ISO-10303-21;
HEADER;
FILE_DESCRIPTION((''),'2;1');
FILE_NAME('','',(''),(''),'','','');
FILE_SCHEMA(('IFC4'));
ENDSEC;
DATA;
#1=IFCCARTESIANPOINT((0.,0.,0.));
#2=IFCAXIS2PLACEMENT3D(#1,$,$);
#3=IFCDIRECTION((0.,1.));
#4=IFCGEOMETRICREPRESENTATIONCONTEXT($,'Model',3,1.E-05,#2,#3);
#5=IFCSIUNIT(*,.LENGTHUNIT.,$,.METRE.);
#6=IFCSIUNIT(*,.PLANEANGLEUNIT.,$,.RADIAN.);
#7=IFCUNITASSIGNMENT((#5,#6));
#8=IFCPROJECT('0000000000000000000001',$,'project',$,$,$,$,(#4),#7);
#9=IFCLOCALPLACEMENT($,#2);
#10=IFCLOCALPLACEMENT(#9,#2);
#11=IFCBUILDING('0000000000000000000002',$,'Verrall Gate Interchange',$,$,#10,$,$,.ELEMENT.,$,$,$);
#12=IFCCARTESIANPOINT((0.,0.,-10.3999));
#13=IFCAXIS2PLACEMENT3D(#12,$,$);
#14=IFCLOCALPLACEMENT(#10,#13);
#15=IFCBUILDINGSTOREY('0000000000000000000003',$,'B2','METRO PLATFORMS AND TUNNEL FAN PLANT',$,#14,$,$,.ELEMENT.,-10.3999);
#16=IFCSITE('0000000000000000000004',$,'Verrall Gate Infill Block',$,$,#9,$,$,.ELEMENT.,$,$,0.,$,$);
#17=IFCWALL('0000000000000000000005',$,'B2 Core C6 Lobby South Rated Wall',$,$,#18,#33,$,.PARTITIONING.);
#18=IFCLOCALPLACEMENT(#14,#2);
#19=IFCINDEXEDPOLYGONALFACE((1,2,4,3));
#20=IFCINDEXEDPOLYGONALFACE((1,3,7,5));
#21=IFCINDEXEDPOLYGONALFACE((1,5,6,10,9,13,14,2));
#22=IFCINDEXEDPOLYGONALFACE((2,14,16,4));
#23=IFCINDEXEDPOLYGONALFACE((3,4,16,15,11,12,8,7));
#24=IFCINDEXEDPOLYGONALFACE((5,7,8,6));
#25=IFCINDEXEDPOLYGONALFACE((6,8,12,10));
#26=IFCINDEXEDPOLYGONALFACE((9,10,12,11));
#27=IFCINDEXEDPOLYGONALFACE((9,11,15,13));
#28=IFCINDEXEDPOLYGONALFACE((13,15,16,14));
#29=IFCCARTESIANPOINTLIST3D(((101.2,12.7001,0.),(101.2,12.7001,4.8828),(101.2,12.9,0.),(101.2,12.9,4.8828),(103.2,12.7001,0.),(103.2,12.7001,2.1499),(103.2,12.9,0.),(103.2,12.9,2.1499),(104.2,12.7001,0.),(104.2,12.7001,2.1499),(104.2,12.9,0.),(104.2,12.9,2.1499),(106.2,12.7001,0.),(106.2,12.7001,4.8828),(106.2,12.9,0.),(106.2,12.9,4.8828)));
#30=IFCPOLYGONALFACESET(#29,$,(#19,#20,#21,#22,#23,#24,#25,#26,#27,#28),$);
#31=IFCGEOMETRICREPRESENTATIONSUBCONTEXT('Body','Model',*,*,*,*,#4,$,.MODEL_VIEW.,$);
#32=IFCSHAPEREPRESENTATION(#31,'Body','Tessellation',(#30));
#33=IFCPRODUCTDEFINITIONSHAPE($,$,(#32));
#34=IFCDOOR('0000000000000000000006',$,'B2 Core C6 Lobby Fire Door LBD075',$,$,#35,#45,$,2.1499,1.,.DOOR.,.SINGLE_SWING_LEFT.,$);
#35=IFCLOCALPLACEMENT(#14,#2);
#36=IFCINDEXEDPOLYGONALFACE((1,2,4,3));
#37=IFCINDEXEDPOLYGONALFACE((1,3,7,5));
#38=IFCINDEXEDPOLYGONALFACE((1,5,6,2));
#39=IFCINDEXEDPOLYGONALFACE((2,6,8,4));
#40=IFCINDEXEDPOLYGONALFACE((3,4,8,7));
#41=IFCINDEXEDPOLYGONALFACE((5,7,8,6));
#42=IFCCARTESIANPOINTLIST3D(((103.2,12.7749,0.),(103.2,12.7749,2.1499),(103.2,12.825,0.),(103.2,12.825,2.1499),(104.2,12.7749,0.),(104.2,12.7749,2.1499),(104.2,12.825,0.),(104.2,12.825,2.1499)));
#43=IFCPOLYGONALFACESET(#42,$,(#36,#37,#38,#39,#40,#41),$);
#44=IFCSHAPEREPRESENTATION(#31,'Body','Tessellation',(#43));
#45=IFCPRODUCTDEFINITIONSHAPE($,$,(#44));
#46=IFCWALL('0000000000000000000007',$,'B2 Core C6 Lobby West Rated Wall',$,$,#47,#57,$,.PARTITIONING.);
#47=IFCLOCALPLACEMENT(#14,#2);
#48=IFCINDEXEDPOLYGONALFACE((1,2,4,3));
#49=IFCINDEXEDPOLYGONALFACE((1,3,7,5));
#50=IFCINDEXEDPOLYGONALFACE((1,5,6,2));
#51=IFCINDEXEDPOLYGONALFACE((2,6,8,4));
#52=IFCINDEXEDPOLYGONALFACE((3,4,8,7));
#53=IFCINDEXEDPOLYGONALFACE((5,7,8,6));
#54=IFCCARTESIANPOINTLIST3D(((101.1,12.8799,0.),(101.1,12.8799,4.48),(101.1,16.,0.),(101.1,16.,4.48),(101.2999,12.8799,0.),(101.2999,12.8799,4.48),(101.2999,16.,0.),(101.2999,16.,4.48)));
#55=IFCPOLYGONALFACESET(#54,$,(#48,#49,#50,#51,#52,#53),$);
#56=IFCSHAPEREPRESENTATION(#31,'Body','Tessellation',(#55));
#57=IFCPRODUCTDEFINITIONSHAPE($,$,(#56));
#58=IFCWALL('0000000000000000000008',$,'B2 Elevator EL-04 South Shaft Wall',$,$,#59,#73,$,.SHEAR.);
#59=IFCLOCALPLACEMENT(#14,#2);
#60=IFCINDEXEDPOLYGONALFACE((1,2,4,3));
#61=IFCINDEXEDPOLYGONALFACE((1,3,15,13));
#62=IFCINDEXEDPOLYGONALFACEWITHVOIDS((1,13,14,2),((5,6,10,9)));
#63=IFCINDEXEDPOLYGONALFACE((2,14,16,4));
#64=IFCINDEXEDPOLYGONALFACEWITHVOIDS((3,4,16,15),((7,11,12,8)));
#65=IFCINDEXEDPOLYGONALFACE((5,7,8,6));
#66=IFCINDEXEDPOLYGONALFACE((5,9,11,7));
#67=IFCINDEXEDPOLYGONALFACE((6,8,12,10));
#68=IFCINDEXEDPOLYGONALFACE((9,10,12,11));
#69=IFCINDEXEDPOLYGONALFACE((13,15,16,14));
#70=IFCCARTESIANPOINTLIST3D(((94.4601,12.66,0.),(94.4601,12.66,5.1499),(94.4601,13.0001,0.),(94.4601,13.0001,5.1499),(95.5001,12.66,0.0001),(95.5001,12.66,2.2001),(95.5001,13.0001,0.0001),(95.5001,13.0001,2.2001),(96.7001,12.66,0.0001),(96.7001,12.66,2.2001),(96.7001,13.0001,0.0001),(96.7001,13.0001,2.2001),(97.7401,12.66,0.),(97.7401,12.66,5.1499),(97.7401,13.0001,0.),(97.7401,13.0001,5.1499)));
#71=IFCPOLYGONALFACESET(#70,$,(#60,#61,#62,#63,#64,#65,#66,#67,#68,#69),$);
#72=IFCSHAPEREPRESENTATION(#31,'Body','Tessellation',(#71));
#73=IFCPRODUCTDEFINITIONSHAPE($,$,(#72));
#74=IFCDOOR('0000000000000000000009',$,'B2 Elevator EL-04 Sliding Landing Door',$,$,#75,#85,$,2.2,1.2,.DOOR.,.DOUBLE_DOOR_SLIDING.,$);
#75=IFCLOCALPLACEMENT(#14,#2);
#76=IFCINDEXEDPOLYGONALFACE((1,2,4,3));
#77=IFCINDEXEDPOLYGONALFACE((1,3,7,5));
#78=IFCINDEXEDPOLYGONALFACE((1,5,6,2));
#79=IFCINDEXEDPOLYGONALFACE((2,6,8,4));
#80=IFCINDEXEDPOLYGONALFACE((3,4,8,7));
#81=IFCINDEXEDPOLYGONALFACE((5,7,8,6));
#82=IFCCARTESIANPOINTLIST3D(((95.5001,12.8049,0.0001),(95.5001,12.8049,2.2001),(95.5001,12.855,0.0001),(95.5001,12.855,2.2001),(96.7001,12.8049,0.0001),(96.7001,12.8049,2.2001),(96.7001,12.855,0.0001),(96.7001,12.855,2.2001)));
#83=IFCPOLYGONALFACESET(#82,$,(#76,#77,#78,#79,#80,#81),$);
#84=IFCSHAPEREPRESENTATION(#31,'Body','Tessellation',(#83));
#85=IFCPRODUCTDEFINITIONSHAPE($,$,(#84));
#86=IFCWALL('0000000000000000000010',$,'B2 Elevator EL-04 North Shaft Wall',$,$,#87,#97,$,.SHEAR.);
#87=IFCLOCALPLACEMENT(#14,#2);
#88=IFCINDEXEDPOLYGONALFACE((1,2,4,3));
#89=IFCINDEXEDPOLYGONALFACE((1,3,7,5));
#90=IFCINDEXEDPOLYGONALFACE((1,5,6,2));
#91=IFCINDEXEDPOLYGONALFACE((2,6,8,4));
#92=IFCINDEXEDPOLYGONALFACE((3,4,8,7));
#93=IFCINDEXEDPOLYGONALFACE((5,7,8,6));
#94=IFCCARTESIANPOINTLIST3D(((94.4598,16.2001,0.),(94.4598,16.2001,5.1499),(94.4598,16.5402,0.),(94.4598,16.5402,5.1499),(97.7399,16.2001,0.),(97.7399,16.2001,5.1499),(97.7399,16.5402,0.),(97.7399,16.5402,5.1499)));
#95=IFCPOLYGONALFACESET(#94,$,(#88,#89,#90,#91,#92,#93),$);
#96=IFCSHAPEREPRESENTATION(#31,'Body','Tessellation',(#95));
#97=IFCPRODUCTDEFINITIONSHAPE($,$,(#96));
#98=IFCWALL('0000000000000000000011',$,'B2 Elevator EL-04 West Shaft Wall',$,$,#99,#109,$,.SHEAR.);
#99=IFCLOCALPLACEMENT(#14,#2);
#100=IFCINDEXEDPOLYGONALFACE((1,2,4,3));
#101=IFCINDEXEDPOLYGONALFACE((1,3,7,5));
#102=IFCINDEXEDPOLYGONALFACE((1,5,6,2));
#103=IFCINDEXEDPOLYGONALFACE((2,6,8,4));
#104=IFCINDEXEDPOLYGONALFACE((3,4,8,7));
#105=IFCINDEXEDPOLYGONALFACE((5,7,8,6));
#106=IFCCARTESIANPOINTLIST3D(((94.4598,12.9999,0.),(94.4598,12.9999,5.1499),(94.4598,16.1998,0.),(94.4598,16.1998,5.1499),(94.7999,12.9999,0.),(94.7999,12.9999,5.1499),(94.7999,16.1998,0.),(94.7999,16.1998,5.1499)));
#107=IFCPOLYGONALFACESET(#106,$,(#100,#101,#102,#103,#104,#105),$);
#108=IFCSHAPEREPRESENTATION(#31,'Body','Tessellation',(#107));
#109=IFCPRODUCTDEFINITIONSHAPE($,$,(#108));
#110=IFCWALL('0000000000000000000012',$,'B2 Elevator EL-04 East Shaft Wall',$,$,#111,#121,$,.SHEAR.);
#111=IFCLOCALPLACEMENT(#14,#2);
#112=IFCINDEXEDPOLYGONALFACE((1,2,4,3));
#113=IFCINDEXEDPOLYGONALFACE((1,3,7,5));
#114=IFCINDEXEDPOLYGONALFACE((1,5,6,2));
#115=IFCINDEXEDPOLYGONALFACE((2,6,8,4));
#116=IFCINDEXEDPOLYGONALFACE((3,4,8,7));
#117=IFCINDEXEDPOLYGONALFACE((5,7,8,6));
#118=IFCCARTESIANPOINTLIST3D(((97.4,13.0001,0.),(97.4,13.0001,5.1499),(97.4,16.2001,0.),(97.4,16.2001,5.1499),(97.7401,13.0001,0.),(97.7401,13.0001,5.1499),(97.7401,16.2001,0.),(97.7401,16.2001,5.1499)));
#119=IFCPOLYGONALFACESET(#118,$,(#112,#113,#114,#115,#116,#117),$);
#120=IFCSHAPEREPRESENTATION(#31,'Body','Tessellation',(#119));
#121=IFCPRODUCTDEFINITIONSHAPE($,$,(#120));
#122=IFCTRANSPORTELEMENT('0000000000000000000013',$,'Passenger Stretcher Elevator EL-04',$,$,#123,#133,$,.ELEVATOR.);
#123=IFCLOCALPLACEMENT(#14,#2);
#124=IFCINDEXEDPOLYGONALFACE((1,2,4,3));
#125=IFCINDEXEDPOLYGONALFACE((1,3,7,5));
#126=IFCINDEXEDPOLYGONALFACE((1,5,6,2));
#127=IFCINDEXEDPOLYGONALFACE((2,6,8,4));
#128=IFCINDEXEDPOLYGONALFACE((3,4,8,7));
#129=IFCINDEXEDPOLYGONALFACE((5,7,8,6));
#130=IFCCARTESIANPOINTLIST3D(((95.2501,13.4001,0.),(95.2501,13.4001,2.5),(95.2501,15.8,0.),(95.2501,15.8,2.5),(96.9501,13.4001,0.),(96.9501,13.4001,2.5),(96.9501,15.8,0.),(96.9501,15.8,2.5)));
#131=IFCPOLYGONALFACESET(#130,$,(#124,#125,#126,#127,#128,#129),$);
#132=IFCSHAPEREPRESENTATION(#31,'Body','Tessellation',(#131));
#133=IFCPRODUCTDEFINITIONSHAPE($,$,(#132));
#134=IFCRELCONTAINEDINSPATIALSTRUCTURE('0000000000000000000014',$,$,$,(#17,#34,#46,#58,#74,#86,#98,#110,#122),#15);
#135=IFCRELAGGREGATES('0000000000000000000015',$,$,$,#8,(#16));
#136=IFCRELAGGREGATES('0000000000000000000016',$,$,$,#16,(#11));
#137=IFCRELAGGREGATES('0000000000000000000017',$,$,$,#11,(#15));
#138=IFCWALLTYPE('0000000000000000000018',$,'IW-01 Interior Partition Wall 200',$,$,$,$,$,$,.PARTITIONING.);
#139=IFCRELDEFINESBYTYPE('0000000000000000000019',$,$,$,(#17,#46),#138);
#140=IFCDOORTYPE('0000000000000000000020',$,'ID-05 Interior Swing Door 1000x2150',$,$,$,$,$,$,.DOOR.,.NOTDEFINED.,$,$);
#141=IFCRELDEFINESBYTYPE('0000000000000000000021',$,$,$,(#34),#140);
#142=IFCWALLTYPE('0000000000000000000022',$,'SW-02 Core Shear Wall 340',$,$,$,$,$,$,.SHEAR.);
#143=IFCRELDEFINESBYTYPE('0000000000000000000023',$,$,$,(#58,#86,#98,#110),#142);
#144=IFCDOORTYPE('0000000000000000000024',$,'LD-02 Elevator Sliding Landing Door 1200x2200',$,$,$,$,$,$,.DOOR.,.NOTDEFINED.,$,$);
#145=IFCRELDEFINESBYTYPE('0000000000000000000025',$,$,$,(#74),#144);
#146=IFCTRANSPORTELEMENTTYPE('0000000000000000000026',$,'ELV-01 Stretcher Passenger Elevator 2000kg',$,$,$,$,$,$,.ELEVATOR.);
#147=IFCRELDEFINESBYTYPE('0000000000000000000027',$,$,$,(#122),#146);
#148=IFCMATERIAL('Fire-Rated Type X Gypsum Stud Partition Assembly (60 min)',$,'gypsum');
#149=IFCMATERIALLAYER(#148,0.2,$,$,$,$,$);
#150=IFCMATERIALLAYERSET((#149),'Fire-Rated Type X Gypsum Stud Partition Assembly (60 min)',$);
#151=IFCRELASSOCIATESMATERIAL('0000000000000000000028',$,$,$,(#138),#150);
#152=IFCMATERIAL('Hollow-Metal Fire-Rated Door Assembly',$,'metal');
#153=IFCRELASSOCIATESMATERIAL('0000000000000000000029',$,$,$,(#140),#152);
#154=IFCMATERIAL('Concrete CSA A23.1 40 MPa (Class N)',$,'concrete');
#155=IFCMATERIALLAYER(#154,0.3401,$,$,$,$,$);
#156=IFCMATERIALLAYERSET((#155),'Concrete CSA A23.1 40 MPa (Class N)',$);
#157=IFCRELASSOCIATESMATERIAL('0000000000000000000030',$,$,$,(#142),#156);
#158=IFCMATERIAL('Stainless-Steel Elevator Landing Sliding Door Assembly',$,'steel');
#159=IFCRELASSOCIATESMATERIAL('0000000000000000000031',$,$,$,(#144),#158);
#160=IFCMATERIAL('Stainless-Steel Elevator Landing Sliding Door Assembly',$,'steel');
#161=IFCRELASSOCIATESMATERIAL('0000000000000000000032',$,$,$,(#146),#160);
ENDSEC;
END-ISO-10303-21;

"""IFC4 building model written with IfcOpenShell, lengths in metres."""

from ifc_helpers import new_model, si_unit, direction, frame, frame_2d, origin, origin_2d, place, context, subcontext, project, spatial, rectangle, extrude, material, layer, layer_set, type_object, element, fill, save


model = new_model("IFC4")

# Units and contexts
model_context = context("Model", 3, precision=1e-05, world=origin(), true_north=direction((0.0, 1.0)))
body_context = subcontext(model_context, "Body", "Model", "MODEL_VIEW")
ifc_project = project(units=[si_unit("LENGTHUNIT", "METRE"), si_unit("PLANEANGLEUNIT", "RADIAN")], contexts=[model_context])

# Site, building, storey
site_placement = place(None, origin())
site = spatial("IfcSite", under=ifc_project, at=site_placement, Name="Verrall Gate Infill Block", CompositionType="ELEMENT", RefElevation=0.0)
building_placement = place(site_placement, origin())
building = spatial("IfcBuilding", under=site, at=building_placement, Name="Verrall Gate Interchange", CompositionType="ELEMENT")
storey_placement = place(building_placement, frame((0.0, 0.0, -10.3999)))
storey = spatial("IfcBuildingStorey", under=building, at=storey_placement, Name="B2", Description="METRO PLATFORMS AND TUNNEL FAN PLANT", CompositionType="ELEMENT", Elevation=-10.3999)

# Wall, opening, door
ifc_material_1 = material(Name="Fire-Rated Type X Gypsum Stud Partition Assembly (60 min)", Category="gypsum")
ifc_layer_1 = layer(ifc_material_1, 0.2)
ifc_layer_set_1 = layer_set([ifc_layer_1], Name="Fire-Rated Type X Gypsum Stud Partition Assembly (60 min)")
wall_type_1 = type_object("IfcWallType", Name="IW-01 Interior Partition Wall 200", PredefinedType="PARTITIONING", material=ifc_layer_set_1)
wall_1_placement = place(storey_placement, frame((101.2, 12.8, 0.0), z_axis=(0.0, 0.0, 1.0), x_axis=(1.0, 0.0, 0.0)))
wall_1 = element("IfcWall", 1, at=wall_1_placement, inside=storey, type_object=wall_type_1, Name="B2 Core C6 Lobby South Rated Wall", PredefinedType="PARTITIONING", context=body_context, shape_type="SweptSolid", body=[
    extrude(rectangle(XDim=5.0, YDim=0.2, at=frame_2d((2.5, 0.0))), origin(), (0.0, 0.0, 1.0), 4.8828),
])
opening_1_placement = place(wall_1_placement, frame((2.0, 0.0, 0.0)))
opening_1 = element("IfcOpeningElement", 2, at=opening_1_placement, cuts=wall_1, PredefinedType="OPENING", context=body_context, shape_type="SweptSolid", body=[
    extrude(rectangle(XDim=1.0, YDim=2.1499, at=frame_2d((0.5, 1.075))), frame((0.0, 0.1147, 0.0), z_axis=(0.0, -1.0, 0.0), x_axis=(1.0, 0.0, 0.0)), (0.0, 0.0, 1.0), 0.2297),
])
ifc_material_2 = material(Name="Hollow-Metal Fire-Rated Door Assembly", Category="metal")
door_type_1 = type_object("IfcDoorType", Name="ID-05 Interior Swing Door 1000x2150", OperationType="NOTDEFINED", PredefinedType="DOOR", material=ifc_material_2)
door_1_placement = place(opening_1_placement, origin())
door_1 = element("IfcDoor", 3, at=door_1_placement, inside=storey, type_object=door_type_1, Name="B2 Core C6 Lobby Fire Door LBD075", OperationType="SINGLE_SWING_LEFT", OverallHeight=2.1499, OverallWidth=1.0, PredefinedType="DOOR", context=body_context, shape_type="SweptSolid", body=[
    extrude(rectangle(XDim=1.0, YDim=2.1499, at=frame_2d((0.5, 1.075))), frame((0.0, 0.0249, 0.0), z_axis=(0.0, -1.0, 0.0), x_axis=(1.0, 0.0, 0.0)), (0.0, 0.0, 1.0), 0.05),
])
fill(opening_1, door_1)

# Wall
wall_2_placement = place(storey_placement, frame((101.2, 16.0, 0.0), z_axis=(0.0, 0.0, 1.0), x_axis=(0.0, -1.0, 0.0)))
element("IfcWall", 4, at=wall_2_placement, inside=storey, type_object=wall_type_1, Name="B2 Core C6 Lobby West Rated Wall", PredefinedType="PARTITIONING", context=body_context, shape_type="SweptSolid", body=[
    extrude(rectangle(XDim=3.1201, YDim=0.2, at=frame_2d((1.5601, 0.0))), origin(), (0.0, 0.0, 1.0), 4.48),
])

# Wall, opening, door
ifc_material_3 = material(Name="Concrete CSA A23.1 40 MPa (Class N)", Category="concrete")
ifc_layer_2 = layer(ifc_material_3, 0.3401)
ifc_layer_set_2 = layer_set([ifc_layer_2], Name="Concrete CSA A23.1 40 MPa (Class N)")
wall_type_2 = type_object("IfcWallType", Name="SW-02 Core Shear Wall 340", PredefinedType="SHEAR", material=ifc_layer_set_2)
wall_3_placement = place(storey_placement, frame((94.46, 12.8301, 0.0), z_axis=(0.0, 0.0, 1.0), x_axis=(1.0, 0.0, 0.0)))
wall_3 = element("IfcWall", 5, at=wall_3_placement, inside=storey, type_object=wall_type_2, Name="B2 Elevator EL-04 South Shaft Wall", PredefinedType="SHEAR", context=body_context, shape_type="SweptSolid", body=[
    extrude(rectangle(XDim=3.28, YDim=0.3401, at=frame_2d((1.6401, 0.0))), origin(), (0.0, 0.0, 1.0), 5.1499),
])
opening_2_placement = place(wall_3_placement, frame((1.04, 0.0, 0.0)))
opening_2 = element("IfcOpeningElement", 6, at=opening_2_placement, cuts=wall_3, PredefinedType="OPENING", context=body_context, shape_type="SweptSolid", body=[
    extrude(rectangle(XDim=1.2, YDim=2.2, at=frame_2d((0.6001, 1.1001))), frame((0.0, 0.1851, 0.0), z_axis=(0.0, -1.0, 0.0), x_axis=(1.0, 0.0, 0.0)), (0.0, 0.0, 1.0), 0.3699),
])
ifc_material_4 = material(Name="Stainless-Steel Elevator Landing Sliding Door Assembly", Category="steel")
door_type_2 = type_object("IfcDoorType", Name="LD-02 Elevator Sliding Landing Door 1200x2200", OperationType="NOTDEFINED", PredefinedType="DOOR", material=ifc_material_4)
door_2_placement = place(opening_2_placement, origin())
door_2 = element("IfcDoor", 7, at=door_2_placement, inside=storey, type_object=door_type_2, Name="B2 Elevator EL-04 Sliding Landing Door", OperationType="DOUBLE_DOOR_SLIDING", OverallHeight=2.2, OverallWidth=1.2, PredefinedType="DOOR", context=body_context, shape_type="SweptSolid", body=[
    extrude(rectangle(XDim=1.2, YDim=2.2, at=frame_2d((0.6001, 1.1001))), frame((0.0, 0.0249, 0.0), z_axis=(0.0, -1.0, 0.0), x_axis=(1.0, 0.0, 0.0)), (0.0, 0.0, 1.0), 0.05),
])
fill(opening_2, door_2)

# Walls
wall_4_placement = place(storey_placement, frame((97.74, 16.3701, 0.0), z_axis=(0.0, 0.0, 1.0), x_axis=(-1.0, 0.0, 0.0)))
element("IfcWall", 8, at=wall_4_placement, inside=storey, type_object=wall_type_2, Name="B2 Elevator EL-04 North Shaft Wall", PredefinedType="SHEAR", context=body_context, shape_type="SweptSolid", body=[
    extrude(rectangle(XDim=3.28, YDim=0.3401, at=frame_2d((1.6401, 0.0))), origin(), (0.0, 0.0, 1.0), 5.1499),
])
for number, where, z_axis, x_axis, name in (
    (9, (94.6299, 16.2, 0.0), (0.0, 0.0, 1.0), (0.0, -1.0, 0.0), "B2 Elevator EL-04 West Shaft Wall"),
    (10, (97.5701, 13.0, 0.0), (0.0, 0.0, 1.0), (0.0, 1.0, 0.0), "B2 Elevator EL-04 East Shaft Wall"),
):
    element("IfcWall", number, at=place(storey_placement, frame(where, z_axis=z_axis, x_axis=x_axis)), inside=storey, type_object=wall_type_2, Name=name, PredefinedType="SHEAR", context=body_context, shape_type="SweptSolid", body=[
        extrude(rectangle(XDim=3.2, YDim=0.3401, at=frame_2d((1.6001, 0.0))), origin(), (0.0, 0.0, 1.0), 5.1499),
    ])

# Transport element
ifc_material_5 = material(Name="Stainless-Steel Elevator Landing Sliding Door Assembly", Category="steel")
transport_element_type = type_object("IfcTransportElementType", Name="ELV-01 Stretcher Passenger Elevator 2000kg", PredefinedType="ELEVATOR", material=ifc_material_5)
transport_element_placement = place(storey_placement, frame((96.1001, 14.6001, 0.0), z_axis=(0.0, 0.0, 1.0), x_axis=(1.0, 0.0, 0.0)))
element("IfcTransportElement", 11, at=transport_element_placement, inside=storey, type_object=transport_element_type, Name="Passenger Stretcher Elevator EL-04", PredefinedType="ELEVATOR", context=body_context, shape_type="SweptSolid", body=[
    extrude(rectangle(XDim=1.7, YDim=2.3999, at=origin_2d()), origin(), (0.0, 0.0, 1.0), 2.5),
])

save(model, "model.ifc")
